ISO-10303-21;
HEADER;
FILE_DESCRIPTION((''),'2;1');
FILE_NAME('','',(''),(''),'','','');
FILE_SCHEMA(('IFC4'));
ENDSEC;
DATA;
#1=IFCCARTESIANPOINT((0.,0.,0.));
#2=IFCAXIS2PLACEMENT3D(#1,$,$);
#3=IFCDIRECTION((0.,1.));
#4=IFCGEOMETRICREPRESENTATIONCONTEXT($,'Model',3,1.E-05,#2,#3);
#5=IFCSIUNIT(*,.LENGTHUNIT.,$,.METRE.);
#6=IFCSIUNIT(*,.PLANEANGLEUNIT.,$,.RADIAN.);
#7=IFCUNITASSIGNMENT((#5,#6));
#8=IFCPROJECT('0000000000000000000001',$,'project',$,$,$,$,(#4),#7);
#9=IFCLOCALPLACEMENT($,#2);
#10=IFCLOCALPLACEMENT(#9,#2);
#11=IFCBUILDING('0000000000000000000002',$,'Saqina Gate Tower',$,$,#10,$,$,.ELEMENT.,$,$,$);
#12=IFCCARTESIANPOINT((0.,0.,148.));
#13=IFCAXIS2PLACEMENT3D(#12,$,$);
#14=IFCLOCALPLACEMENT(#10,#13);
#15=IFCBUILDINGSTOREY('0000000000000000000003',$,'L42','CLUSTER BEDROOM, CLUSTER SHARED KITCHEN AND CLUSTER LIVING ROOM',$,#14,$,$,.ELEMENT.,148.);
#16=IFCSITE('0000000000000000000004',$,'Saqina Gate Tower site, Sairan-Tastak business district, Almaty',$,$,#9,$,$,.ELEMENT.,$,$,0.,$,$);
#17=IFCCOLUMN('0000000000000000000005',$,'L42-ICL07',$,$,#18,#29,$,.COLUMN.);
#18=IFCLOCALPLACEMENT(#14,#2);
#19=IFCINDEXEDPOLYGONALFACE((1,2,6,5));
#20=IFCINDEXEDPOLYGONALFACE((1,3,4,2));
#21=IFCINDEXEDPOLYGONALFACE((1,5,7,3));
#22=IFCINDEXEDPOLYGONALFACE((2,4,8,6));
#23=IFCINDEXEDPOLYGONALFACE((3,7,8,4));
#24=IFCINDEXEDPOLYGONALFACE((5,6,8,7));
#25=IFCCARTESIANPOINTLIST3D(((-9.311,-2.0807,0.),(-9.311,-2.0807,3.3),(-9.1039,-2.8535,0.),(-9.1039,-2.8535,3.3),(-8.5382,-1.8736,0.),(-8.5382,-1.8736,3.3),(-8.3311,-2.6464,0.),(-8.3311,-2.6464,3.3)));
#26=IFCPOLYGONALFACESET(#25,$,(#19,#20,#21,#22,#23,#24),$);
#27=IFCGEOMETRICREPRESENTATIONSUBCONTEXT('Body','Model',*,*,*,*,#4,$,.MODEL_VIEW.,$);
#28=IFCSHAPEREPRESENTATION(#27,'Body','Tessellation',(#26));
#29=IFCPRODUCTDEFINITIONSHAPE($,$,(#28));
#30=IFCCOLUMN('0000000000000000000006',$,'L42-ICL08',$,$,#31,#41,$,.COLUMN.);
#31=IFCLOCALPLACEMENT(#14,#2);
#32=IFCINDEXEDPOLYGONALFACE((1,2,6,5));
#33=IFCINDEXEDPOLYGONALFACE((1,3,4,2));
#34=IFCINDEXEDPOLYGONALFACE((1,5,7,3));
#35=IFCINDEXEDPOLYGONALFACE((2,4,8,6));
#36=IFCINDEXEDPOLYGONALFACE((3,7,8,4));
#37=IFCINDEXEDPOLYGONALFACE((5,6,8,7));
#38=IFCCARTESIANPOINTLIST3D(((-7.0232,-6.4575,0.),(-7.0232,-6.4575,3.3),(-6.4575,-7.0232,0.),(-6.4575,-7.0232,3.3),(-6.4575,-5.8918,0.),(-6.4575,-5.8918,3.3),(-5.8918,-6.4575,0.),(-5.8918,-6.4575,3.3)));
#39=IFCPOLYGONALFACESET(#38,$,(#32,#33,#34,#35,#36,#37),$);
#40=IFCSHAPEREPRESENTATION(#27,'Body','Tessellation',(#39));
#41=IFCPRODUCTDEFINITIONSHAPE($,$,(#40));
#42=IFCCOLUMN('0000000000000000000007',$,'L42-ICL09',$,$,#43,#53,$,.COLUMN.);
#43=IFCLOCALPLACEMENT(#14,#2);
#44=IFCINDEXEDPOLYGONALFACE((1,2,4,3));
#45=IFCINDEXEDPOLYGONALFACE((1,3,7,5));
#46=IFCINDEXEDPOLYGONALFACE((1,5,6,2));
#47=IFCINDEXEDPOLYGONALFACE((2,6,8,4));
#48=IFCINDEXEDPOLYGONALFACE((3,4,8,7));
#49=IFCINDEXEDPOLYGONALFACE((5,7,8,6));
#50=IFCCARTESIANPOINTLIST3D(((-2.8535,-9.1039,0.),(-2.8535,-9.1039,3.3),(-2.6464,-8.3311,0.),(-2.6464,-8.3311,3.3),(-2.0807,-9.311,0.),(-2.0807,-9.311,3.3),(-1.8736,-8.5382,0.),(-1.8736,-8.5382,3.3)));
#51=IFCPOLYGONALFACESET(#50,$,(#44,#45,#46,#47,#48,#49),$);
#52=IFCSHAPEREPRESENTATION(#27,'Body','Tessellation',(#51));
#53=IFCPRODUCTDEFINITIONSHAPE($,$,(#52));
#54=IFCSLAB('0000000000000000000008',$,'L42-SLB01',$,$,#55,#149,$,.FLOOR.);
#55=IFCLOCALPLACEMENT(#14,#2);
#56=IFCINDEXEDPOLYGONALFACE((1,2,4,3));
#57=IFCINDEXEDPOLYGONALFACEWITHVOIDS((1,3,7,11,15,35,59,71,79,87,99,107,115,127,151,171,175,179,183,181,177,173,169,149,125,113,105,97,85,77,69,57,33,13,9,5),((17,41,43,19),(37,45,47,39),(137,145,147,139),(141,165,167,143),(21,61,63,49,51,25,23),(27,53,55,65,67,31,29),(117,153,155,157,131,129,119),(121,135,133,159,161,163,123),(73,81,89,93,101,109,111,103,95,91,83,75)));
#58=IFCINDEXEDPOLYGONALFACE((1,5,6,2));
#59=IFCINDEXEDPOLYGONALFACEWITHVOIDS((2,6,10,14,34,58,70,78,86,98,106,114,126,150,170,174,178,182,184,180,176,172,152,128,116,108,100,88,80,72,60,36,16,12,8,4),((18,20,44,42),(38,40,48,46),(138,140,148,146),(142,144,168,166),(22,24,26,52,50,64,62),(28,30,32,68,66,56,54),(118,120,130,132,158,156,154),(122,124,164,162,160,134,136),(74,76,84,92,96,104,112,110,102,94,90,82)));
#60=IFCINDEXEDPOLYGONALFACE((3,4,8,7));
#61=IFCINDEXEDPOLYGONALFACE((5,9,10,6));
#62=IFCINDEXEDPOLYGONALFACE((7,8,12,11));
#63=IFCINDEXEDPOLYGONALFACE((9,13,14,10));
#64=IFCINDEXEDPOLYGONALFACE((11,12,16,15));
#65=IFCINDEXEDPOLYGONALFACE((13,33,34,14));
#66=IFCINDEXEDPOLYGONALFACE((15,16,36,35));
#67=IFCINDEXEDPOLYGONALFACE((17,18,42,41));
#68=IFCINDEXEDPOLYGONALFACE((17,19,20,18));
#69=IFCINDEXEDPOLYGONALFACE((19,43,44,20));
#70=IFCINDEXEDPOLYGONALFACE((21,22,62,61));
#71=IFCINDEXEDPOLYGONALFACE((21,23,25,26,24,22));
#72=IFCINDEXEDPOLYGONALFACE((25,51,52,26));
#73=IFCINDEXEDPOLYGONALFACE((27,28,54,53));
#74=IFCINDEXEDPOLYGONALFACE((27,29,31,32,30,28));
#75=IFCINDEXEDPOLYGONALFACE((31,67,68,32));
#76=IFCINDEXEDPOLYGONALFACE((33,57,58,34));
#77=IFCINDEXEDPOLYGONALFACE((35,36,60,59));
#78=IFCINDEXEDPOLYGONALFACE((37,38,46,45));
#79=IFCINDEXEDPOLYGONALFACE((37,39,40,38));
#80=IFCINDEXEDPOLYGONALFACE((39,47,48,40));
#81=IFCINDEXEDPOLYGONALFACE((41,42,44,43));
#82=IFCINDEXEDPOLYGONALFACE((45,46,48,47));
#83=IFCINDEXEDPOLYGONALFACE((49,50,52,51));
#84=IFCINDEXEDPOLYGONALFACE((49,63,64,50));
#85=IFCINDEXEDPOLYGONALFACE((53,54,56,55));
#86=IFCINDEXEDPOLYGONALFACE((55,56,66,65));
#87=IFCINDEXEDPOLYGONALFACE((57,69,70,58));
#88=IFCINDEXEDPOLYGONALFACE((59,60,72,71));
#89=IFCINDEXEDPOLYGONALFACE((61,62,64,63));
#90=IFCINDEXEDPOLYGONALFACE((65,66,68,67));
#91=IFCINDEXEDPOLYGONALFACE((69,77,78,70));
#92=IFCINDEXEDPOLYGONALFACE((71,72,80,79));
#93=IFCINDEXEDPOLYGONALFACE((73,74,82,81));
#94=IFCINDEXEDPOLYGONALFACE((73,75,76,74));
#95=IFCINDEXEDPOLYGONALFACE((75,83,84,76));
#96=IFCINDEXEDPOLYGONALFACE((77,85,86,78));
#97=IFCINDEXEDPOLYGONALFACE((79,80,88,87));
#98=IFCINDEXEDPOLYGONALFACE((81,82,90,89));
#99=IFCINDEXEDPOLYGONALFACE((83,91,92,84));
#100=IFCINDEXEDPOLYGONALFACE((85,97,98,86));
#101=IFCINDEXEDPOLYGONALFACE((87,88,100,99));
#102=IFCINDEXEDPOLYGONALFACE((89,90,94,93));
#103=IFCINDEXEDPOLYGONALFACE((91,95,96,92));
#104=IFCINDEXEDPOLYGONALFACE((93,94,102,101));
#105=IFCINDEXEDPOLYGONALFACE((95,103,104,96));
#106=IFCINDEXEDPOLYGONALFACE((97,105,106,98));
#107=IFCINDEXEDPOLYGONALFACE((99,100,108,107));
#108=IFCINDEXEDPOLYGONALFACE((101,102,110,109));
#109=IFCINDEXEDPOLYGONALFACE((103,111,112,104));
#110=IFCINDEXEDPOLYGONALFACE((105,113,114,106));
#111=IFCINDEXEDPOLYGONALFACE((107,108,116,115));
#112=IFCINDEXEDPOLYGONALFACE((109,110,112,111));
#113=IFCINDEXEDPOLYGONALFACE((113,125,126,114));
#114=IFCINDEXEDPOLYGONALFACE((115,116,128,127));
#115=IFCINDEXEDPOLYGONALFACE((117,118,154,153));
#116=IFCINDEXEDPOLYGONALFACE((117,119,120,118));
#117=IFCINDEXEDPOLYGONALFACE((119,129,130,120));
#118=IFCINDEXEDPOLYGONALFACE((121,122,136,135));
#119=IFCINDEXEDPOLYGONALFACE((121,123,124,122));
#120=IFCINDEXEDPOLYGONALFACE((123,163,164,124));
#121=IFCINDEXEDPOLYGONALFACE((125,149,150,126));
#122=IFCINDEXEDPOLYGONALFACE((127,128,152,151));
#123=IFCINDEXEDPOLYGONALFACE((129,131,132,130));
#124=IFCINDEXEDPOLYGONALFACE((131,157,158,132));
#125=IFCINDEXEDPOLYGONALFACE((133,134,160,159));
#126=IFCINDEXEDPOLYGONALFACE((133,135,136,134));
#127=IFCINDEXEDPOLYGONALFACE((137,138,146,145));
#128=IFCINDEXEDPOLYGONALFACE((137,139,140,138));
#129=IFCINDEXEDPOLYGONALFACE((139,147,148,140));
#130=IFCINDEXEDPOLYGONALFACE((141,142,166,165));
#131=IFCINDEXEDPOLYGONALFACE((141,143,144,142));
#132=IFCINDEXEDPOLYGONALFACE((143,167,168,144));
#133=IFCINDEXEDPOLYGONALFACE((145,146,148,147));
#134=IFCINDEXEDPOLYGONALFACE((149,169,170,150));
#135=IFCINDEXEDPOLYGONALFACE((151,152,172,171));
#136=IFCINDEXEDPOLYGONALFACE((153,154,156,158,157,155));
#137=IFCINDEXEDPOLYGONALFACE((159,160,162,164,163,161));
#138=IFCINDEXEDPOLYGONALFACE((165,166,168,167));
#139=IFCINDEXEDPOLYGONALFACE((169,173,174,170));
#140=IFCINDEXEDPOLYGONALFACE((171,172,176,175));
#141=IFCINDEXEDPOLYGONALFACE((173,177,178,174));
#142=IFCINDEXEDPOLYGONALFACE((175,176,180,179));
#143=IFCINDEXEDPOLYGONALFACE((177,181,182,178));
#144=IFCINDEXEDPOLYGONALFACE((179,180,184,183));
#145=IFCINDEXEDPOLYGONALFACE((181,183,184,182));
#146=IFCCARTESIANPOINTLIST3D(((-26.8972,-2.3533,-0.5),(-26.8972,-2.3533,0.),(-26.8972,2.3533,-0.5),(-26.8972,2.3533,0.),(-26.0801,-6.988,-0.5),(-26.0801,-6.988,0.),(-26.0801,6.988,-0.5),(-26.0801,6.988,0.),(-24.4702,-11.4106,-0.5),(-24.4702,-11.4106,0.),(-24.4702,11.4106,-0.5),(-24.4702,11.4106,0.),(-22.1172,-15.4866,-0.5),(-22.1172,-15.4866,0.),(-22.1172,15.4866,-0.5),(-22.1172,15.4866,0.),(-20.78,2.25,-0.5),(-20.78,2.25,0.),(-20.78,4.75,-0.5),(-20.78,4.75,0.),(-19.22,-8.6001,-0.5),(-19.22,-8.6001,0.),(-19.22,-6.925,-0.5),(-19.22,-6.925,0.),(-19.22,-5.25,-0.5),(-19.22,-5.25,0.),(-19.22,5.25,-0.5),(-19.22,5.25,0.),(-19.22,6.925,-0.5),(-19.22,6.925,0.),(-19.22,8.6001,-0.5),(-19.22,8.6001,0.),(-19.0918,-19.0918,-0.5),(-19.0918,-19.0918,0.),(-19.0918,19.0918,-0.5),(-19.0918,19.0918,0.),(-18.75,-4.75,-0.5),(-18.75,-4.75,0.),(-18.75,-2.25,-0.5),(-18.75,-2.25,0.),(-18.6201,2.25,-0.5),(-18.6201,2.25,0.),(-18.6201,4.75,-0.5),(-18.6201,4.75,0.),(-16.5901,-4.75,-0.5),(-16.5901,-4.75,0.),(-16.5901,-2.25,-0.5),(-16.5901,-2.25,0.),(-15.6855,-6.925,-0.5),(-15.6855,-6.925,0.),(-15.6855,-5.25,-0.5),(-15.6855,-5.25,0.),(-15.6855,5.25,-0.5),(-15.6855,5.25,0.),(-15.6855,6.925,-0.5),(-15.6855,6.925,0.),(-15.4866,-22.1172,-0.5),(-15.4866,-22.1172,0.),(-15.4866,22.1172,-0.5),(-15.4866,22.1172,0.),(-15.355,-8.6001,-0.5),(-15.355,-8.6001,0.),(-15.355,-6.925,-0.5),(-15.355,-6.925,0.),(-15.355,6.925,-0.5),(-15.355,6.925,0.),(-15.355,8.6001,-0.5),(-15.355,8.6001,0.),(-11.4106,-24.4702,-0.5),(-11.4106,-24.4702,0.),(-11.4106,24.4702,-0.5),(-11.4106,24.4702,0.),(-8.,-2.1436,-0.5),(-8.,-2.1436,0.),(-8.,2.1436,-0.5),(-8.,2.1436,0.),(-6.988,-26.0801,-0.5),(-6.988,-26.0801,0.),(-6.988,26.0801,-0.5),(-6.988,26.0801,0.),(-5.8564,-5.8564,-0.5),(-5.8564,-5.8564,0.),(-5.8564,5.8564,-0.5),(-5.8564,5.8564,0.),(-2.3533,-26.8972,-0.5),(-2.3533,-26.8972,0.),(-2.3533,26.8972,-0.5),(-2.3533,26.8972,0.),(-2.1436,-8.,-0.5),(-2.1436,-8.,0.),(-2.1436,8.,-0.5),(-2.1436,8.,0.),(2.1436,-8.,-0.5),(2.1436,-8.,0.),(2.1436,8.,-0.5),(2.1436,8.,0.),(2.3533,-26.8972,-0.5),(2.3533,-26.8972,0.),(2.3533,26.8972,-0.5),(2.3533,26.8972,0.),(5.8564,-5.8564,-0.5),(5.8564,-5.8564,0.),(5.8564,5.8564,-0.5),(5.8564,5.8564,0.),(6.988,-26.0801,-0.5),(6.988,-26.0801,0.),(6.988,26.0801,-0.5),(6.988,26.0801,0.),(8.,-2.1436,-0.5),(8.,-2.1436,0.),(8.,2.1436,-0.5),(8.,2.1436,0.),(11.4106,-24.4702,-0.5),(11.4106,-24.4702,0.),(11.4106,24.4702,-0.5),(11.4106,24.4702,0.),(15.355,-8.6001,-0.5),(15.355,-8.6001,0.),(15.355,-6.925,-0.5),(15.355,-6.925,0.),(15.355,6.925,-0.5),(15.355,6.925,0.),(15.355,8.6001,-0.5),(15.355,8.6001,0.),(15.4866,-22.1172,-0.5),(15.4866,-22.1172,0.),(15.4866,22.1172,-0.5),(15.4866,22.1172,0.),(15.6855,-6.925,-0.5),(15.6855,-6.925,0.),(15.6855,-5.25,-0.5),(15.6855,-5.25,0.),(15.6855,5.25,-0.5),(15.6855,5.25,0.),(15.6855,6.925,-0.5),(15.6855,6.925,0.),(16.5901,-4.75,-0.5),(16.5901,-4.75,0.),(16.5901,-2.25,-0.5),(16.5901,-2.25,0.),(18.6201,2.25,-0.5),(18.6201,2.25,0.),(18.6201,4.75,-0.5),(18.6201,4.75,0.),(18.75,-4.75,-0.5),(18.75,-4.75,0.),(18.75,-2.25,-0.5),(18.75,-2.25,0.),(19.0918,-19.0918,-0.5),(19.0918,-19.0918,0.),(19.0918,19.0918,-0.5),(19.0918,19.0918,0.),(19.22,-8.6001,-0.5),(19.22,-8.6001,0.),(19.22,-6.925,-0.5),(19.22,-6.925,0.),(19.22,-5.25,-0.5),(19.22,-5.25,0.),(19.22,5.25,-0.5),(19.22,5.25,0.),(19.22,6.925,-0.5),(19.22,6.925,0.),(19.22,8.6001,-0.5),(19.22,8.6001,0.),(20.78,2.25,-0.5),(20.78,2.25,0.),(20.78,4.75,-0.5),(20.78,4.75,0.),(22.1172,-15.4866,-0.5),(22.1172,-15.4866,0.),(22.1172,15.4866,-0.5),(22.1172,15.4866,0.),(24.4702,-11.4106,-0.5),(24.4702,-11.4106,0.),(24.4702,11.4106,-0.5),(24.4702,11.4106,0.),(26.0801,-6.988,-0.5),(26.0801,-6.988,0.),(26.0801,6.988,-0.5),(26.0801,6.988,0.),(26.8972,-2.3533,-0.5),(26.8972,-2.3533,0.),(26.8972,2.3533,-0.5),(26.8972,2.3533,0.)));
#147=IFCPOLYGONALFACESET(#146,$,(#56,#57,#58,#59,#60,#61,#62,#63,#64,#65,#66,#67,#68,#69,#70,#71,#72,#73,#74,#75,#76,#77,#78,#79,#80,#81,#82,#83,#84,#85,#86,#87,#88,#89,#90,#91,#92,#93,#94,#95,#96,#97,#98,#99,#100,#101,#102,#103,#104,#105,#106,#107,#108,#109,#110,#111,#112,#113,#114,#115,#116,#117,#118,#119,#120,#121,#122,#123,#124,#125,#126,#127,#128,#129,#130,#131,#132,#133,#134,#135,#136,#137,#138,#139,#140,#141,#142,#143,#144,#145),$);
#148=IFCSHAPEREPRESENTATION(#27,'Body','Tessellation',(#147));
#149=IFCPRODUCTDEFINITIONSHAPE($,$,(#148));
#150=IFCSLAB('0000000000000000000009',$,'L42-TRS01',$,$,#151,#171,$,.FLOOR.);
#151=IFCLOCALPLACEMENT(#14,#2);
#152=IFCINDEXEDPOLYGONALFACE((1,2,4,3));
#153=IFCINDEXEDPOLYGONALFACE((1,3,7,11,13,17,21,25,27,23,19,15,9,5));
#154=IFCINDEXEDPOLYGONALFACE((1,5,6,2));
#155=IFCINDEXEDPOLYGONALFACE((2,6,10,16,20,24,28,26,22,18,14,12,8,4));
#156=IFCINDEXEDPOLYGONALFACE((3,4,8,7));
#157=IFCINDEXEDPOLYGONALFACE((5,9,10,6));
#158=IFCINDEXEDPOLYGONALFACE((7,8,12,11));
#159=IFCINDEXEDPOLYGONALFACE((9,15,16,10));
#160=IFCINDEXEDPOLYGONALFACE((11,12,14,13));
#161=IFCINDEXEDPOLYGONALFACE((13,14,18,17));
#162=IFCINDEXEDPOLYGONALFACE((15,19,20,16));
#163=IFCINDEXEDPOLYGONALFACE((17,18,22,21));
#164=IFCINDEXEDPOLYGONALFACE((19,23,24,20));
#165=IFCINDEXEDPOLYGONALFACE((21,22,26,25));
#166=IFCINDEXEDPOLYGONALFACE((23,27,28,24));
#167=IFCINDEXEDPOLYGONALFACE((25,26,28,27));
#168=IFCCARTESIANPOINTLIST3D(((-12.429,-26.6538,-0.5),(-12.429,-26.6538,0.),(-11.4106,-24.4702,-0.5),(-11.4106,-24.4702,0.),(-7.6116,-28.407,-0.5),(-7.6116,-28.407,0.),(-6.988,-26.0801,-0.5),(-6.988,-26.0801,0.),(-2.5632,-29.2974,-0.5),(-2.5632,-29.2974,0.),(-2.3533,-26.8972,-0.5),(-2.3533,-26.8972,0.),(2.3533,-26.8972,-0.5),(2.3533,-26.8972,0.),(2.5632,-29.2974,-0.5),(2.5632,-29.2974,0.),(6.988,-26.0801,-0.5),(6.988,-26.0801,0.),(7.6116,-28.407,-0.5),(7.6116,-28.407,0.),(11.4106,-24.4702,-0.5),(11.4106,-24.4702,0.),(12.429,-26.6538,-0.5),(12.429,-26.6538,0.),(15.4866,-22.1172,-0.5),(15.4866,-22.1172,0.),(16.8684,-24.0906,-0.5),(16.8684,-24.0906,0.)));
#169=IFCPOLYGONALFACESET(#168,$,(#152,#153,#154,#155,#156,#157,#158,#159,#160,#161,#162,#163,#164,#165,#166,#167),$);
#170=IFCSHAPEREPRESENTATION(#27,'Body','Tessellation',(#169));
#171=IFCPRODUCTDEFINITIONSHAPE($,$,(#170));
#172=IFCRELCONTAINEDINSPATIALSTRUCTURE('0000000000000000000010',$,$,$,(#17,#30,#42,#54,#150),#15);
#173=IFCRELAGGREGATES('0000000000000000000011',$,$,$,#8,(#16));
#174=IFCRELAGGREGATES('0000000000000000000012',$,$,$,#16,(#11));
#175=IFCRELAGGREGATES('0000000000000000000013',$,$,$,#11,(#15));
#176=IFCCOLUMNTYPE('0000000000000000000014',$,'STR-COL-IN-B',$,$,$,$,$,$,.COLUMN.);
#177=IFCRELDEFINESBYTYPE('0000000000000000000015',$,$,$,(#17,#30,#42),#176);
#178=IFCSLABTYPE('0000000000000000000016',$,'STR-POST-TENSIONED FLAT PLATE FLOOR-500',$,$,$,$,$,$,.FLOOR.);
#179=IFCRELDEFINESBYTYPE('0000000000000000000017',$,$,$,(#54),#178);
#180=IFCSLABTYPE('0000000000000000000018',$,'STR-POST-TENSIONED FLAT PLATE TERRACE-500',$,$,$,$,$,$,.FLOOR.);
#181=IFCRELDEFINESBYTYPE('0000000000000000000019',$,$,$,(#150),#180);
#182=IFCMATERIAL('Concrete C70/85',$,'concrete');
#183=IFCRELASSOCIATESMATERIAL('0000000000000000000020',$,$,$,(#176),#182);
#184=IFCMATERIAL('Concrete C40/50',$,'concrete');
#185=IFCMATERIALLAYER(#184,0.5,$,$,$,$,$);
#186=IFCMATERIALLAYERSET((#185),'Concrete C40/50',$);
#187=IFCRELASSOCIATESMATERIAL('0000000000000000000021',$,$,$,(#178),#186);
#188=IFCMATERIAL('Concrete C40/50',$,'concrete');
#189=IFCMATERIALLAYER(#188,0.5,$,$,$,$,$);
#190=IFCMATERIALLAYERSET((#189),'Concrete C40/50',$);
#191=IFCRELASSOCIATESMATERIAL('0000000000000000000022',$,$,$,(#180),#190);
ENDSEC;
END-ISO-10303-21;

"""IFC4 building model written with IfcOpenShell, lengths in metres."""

from ifc_helpers import new_model, si_unit, direction, frame, origin, origin_2d, place, context, subcontext, project, spatial, polyline, rectangle, outline, extrude, material, layer, layer_set, material_profile, profile_set, type_object, element, save


model = new_model("IFC4")

# Units and contexts
model_context = context("Model", 3, precision=1e-05, world=origin(), true_north=direction((0.0, 1.0)))
body_context = subcontext(model_context, "Body", "Model", "MODEL_VIEW")
ifc_project = project(units=[si_unit("LENGTHUNIT", "METRE"), si_unit("PLANEANGLEUNIT", "RADIAN")], contexts=[model_context])

# Site, building, storey
site_placement = place(None, origin())
site = spatial("IfcSite", under=ifc_project, at=site_placement, Name="Saqina Gate Tower site, Sairan-Tastak business district, Almaty", CompositionType="ELEMENT", RefElevation=0.0)
building_placement = place(site_placement, origin())
building = spatial("IfcBuilding", under=site, at=building_placement, Name="Saqina Gate Tower", CompositionType="ELEMENT")
storey_placement = place(building_placement, frame((0.0, 0.0, 148.0)))
storey = spatial("IfcBuildingStorey", under=building, at=storey_placement, Name="L42", Description="CLUSTER BEDROOM, CLUSTER SHARED KITCHEN AND CLUSTER LIVING ROOM", CompositionType="ELEMENT", Elevation=148.0)

# Columns
ifc_material_1 = material(Name="Concrete C70/85", Category="concrete")
ifc_material_profile = material_profile(ifc_material_1, rectangle(XDim=0.8, YDim=0.8, at=origin_2d()), Name="RC 800x800")
ifc_profile_set = profile_set([ifc_material_profile], Name="Concrete C70/85")
column_type = type_object("IfcColumnType", Name="STR-COL-IN-B", PredefinedType="COLUMN", material=ifc_profile_set)
for number, where, z_axis, x_axis, name in (
    (1, (-8.821, -2.3635, 0.0), (0.0, 0.0, 1.0), (-0.965926, -0.258819, 0.0), "L42-ICL07"),
    (2, (-6.4575, -6.4575, 0.0), (0.0, 0.0, 1.0), (-0.707107, -0.707107, 0.0), "L42-ICL08"),
    (3, (-2.3635, -8.821, 0.0), (0.0, 0.0, 1.0), (-0.258819, -0.965926, 0.0), "L42-ICL09"),
):
    element("IfcColumn", number, at=place(storey_placement, frame(where, z_axis=z_axis, x_axis=x_axis)), inside=storey, type_object=column_type, Name=name, PredefinedType="COLUMN", context=body_context, shape_type="SweptSolid", body=[
        extrude(rectangle(XDim=0.8, YDim=0.8, at=origin_2d()), origin(), (0.0, 0.0, 1.0), 3.3),
    ])

# Slabs
ifc_material_2 = material(Name="Concrete C40/50", Category="concrete")
ifc_layer_1 = layer(ifc_material_2, 0.5)
ifc_layer_set_1 = layer_set([ifc_layer_1], Name="Concrete C40/50")
slab_type_1 = type_object("IfcSlabType", Name="STR-POST-TENSIONED FLAT PLATE FLOOR-500", PredefinedType="FLOOR", material=ifc_layer_set_1)
slab_1_placement = place(storey_placement, frame((0.0, 0.0, -0.5)))
element("IfcSlab", 4, at=slab_1_placement, inside=storey, type_object=slab_type_1, Name="L42-SLB01", PredefinedType="FLOOR", context=body_context, shape_type="SweptSolid", body=[
    extrude(outline(polyline([(26.0801, -6.988), (26.8972, -2.3533), (26.8972, 2.3533), (26.0801, 6.988), (24.4702, 11.4106), (22.1172, 15.4866), (19.0918, 19.0918), (15.4866, 22.1172), (11.4106, 24.4702), (6.988, 26.0801), (2.3533, 26.8972), (-2.3533, 26.8972), (-6.988, 26.0801), (-11.4106, 24.4702), (-15.4866, 22.1172), (-19.0918, 19.0918), (-22.1172, 15.4866), (-24.4702, 11.4106), (-26.0801, 6.988), (-26.8972, 2.3533), (-26.8972, -2.3533), (-26.0801, -6.988), (-24.4702, -11.4106), (-22.1172, -15.4866), (-19.0918, -19.0918), (-15.4866, -22.1172), (-11.4106, -24.4702), (-6.988, -26.0801), (-2.3533, -26.8972), (2.3533, -26.8972), (6.988, -26.0801), (11.4106, -24.4702), (15.4866, -22.1172), (19.0918, -19.0918), (22.1172, -15.4866), (24.4702, -11.4106), (26.0801, -6.988)]), holes=[polyline([(2.1436, 8.0), (5.8564, 5.8564), (8.0, 2.1436), (8.0, -2.1436), (5.8564, -5.8564), (2.1436, -8.0), (-2.1436, -8.0), (-5.8564, -5.8564), (-8.0, -2.1436), (-8.0, 2.1436), (-5.8564, 5.8564), (-2.1436, 8.0), (2.1436, 8.0)]), polyline([(-15.355, -8.6001), (-19.22, -8.6001), (-19.22, -6.925), (-19.22, -5.25), (-15.6855, -5.25), (-15.6855, -6.925), (-15.355, -6.925), (-15.355, -8.6001)]), polyline([(-16.5901, -2.25), (-16.5901, -4.75), (-18.75, -4.75), (-18.75, -2.25), (-16.5901, -2.25)]), polyline([(-20.78, 4.75), (-18.6201, 4.75), (-18.6201, 2.25), (-20.78, 2.25), (-20.78, 4.75)]), polyline([(-19.22, 6.925), (-19.22, 8.6001), (-15.355, 8.6001), (-15.355, 6.925), (-15.6855, 6.925), (-15.6855, 5.25), (-19.22, 5.25), (-19.22, 6.925)]), polyline([(15.355, -8.6001), (15.355, -6.925), (15.6855, -6.925), (15.6855, -5.25), (19.22, -5.25), (19.22, -6.925), (19.22, -8.6001), (15.355, -8.6001)]), polyline([(18.75, -2.25), (18.75, -4.75), (16.5901, -4.75), (16.5901, -2.25), (18.75, -2.25)]), polyline([(18.6201, 4.75), (20.78, 4.75), (20.78, 2.25), (18.6201, 2.25), (18.6201, 4.75)]), polyline([(15.6855, 6.925), (15.355, 6.925), (15.355, 8.6001), (19.22, 8.6001), (19.22, 6.925), (19.22, 5.25), (15.6855, 5.25), (15.6855, 6.925)])]), origin(), (0.0, 0.0, 1.0), 0.5),
])
ifc_material_3 = material(Name="Concrete C40/50", Category="concrete")
ifc_layer_2 = layer(ifc_material_3, 0.5)
ifc_layer_set_2 = layer_set([ifc_layer_2], Name="Concrete C40/50")
slab_type_2 = type_object("IfcSlabType", Name="STR-POST-TENSIONED FLAT PLATE TERRACE-500", PredefinedType="FLOOR", material=ifc_layer_set_2)
slab_2_placement = place(storey_placement, frame((0.0, 0.0, -0.5)))
element("IfcSlab", 5, at=slab_2_placement, inside=storey, type_object=slab_type_2, Name="L42-TRS01", PredefinedType="FLOOR", context=body_context, shape_type="SweptSolid", body=[
    extrude(outline(polyline([(-11.4106, -24.4702), (-6.988, -26.0801), (-2.3533, -26.8972), (2.3533, -26.8972), (6.988, -26.0801), (11.4106, -24.4702), (15.4866, -22.1172), (16.8684, -24.0906), (12.429, -26.6538), (7.6116, -28.407), (2.5632, -29.2974), (-2.5632, -29.2974), (-7.6116, -28.407), (-12.429, -26.6538), (-11.4106, -24.4702)])), origin(), (0.0, 0.0, 1.0), 0.5),
])

save(model, "model.ifc")
